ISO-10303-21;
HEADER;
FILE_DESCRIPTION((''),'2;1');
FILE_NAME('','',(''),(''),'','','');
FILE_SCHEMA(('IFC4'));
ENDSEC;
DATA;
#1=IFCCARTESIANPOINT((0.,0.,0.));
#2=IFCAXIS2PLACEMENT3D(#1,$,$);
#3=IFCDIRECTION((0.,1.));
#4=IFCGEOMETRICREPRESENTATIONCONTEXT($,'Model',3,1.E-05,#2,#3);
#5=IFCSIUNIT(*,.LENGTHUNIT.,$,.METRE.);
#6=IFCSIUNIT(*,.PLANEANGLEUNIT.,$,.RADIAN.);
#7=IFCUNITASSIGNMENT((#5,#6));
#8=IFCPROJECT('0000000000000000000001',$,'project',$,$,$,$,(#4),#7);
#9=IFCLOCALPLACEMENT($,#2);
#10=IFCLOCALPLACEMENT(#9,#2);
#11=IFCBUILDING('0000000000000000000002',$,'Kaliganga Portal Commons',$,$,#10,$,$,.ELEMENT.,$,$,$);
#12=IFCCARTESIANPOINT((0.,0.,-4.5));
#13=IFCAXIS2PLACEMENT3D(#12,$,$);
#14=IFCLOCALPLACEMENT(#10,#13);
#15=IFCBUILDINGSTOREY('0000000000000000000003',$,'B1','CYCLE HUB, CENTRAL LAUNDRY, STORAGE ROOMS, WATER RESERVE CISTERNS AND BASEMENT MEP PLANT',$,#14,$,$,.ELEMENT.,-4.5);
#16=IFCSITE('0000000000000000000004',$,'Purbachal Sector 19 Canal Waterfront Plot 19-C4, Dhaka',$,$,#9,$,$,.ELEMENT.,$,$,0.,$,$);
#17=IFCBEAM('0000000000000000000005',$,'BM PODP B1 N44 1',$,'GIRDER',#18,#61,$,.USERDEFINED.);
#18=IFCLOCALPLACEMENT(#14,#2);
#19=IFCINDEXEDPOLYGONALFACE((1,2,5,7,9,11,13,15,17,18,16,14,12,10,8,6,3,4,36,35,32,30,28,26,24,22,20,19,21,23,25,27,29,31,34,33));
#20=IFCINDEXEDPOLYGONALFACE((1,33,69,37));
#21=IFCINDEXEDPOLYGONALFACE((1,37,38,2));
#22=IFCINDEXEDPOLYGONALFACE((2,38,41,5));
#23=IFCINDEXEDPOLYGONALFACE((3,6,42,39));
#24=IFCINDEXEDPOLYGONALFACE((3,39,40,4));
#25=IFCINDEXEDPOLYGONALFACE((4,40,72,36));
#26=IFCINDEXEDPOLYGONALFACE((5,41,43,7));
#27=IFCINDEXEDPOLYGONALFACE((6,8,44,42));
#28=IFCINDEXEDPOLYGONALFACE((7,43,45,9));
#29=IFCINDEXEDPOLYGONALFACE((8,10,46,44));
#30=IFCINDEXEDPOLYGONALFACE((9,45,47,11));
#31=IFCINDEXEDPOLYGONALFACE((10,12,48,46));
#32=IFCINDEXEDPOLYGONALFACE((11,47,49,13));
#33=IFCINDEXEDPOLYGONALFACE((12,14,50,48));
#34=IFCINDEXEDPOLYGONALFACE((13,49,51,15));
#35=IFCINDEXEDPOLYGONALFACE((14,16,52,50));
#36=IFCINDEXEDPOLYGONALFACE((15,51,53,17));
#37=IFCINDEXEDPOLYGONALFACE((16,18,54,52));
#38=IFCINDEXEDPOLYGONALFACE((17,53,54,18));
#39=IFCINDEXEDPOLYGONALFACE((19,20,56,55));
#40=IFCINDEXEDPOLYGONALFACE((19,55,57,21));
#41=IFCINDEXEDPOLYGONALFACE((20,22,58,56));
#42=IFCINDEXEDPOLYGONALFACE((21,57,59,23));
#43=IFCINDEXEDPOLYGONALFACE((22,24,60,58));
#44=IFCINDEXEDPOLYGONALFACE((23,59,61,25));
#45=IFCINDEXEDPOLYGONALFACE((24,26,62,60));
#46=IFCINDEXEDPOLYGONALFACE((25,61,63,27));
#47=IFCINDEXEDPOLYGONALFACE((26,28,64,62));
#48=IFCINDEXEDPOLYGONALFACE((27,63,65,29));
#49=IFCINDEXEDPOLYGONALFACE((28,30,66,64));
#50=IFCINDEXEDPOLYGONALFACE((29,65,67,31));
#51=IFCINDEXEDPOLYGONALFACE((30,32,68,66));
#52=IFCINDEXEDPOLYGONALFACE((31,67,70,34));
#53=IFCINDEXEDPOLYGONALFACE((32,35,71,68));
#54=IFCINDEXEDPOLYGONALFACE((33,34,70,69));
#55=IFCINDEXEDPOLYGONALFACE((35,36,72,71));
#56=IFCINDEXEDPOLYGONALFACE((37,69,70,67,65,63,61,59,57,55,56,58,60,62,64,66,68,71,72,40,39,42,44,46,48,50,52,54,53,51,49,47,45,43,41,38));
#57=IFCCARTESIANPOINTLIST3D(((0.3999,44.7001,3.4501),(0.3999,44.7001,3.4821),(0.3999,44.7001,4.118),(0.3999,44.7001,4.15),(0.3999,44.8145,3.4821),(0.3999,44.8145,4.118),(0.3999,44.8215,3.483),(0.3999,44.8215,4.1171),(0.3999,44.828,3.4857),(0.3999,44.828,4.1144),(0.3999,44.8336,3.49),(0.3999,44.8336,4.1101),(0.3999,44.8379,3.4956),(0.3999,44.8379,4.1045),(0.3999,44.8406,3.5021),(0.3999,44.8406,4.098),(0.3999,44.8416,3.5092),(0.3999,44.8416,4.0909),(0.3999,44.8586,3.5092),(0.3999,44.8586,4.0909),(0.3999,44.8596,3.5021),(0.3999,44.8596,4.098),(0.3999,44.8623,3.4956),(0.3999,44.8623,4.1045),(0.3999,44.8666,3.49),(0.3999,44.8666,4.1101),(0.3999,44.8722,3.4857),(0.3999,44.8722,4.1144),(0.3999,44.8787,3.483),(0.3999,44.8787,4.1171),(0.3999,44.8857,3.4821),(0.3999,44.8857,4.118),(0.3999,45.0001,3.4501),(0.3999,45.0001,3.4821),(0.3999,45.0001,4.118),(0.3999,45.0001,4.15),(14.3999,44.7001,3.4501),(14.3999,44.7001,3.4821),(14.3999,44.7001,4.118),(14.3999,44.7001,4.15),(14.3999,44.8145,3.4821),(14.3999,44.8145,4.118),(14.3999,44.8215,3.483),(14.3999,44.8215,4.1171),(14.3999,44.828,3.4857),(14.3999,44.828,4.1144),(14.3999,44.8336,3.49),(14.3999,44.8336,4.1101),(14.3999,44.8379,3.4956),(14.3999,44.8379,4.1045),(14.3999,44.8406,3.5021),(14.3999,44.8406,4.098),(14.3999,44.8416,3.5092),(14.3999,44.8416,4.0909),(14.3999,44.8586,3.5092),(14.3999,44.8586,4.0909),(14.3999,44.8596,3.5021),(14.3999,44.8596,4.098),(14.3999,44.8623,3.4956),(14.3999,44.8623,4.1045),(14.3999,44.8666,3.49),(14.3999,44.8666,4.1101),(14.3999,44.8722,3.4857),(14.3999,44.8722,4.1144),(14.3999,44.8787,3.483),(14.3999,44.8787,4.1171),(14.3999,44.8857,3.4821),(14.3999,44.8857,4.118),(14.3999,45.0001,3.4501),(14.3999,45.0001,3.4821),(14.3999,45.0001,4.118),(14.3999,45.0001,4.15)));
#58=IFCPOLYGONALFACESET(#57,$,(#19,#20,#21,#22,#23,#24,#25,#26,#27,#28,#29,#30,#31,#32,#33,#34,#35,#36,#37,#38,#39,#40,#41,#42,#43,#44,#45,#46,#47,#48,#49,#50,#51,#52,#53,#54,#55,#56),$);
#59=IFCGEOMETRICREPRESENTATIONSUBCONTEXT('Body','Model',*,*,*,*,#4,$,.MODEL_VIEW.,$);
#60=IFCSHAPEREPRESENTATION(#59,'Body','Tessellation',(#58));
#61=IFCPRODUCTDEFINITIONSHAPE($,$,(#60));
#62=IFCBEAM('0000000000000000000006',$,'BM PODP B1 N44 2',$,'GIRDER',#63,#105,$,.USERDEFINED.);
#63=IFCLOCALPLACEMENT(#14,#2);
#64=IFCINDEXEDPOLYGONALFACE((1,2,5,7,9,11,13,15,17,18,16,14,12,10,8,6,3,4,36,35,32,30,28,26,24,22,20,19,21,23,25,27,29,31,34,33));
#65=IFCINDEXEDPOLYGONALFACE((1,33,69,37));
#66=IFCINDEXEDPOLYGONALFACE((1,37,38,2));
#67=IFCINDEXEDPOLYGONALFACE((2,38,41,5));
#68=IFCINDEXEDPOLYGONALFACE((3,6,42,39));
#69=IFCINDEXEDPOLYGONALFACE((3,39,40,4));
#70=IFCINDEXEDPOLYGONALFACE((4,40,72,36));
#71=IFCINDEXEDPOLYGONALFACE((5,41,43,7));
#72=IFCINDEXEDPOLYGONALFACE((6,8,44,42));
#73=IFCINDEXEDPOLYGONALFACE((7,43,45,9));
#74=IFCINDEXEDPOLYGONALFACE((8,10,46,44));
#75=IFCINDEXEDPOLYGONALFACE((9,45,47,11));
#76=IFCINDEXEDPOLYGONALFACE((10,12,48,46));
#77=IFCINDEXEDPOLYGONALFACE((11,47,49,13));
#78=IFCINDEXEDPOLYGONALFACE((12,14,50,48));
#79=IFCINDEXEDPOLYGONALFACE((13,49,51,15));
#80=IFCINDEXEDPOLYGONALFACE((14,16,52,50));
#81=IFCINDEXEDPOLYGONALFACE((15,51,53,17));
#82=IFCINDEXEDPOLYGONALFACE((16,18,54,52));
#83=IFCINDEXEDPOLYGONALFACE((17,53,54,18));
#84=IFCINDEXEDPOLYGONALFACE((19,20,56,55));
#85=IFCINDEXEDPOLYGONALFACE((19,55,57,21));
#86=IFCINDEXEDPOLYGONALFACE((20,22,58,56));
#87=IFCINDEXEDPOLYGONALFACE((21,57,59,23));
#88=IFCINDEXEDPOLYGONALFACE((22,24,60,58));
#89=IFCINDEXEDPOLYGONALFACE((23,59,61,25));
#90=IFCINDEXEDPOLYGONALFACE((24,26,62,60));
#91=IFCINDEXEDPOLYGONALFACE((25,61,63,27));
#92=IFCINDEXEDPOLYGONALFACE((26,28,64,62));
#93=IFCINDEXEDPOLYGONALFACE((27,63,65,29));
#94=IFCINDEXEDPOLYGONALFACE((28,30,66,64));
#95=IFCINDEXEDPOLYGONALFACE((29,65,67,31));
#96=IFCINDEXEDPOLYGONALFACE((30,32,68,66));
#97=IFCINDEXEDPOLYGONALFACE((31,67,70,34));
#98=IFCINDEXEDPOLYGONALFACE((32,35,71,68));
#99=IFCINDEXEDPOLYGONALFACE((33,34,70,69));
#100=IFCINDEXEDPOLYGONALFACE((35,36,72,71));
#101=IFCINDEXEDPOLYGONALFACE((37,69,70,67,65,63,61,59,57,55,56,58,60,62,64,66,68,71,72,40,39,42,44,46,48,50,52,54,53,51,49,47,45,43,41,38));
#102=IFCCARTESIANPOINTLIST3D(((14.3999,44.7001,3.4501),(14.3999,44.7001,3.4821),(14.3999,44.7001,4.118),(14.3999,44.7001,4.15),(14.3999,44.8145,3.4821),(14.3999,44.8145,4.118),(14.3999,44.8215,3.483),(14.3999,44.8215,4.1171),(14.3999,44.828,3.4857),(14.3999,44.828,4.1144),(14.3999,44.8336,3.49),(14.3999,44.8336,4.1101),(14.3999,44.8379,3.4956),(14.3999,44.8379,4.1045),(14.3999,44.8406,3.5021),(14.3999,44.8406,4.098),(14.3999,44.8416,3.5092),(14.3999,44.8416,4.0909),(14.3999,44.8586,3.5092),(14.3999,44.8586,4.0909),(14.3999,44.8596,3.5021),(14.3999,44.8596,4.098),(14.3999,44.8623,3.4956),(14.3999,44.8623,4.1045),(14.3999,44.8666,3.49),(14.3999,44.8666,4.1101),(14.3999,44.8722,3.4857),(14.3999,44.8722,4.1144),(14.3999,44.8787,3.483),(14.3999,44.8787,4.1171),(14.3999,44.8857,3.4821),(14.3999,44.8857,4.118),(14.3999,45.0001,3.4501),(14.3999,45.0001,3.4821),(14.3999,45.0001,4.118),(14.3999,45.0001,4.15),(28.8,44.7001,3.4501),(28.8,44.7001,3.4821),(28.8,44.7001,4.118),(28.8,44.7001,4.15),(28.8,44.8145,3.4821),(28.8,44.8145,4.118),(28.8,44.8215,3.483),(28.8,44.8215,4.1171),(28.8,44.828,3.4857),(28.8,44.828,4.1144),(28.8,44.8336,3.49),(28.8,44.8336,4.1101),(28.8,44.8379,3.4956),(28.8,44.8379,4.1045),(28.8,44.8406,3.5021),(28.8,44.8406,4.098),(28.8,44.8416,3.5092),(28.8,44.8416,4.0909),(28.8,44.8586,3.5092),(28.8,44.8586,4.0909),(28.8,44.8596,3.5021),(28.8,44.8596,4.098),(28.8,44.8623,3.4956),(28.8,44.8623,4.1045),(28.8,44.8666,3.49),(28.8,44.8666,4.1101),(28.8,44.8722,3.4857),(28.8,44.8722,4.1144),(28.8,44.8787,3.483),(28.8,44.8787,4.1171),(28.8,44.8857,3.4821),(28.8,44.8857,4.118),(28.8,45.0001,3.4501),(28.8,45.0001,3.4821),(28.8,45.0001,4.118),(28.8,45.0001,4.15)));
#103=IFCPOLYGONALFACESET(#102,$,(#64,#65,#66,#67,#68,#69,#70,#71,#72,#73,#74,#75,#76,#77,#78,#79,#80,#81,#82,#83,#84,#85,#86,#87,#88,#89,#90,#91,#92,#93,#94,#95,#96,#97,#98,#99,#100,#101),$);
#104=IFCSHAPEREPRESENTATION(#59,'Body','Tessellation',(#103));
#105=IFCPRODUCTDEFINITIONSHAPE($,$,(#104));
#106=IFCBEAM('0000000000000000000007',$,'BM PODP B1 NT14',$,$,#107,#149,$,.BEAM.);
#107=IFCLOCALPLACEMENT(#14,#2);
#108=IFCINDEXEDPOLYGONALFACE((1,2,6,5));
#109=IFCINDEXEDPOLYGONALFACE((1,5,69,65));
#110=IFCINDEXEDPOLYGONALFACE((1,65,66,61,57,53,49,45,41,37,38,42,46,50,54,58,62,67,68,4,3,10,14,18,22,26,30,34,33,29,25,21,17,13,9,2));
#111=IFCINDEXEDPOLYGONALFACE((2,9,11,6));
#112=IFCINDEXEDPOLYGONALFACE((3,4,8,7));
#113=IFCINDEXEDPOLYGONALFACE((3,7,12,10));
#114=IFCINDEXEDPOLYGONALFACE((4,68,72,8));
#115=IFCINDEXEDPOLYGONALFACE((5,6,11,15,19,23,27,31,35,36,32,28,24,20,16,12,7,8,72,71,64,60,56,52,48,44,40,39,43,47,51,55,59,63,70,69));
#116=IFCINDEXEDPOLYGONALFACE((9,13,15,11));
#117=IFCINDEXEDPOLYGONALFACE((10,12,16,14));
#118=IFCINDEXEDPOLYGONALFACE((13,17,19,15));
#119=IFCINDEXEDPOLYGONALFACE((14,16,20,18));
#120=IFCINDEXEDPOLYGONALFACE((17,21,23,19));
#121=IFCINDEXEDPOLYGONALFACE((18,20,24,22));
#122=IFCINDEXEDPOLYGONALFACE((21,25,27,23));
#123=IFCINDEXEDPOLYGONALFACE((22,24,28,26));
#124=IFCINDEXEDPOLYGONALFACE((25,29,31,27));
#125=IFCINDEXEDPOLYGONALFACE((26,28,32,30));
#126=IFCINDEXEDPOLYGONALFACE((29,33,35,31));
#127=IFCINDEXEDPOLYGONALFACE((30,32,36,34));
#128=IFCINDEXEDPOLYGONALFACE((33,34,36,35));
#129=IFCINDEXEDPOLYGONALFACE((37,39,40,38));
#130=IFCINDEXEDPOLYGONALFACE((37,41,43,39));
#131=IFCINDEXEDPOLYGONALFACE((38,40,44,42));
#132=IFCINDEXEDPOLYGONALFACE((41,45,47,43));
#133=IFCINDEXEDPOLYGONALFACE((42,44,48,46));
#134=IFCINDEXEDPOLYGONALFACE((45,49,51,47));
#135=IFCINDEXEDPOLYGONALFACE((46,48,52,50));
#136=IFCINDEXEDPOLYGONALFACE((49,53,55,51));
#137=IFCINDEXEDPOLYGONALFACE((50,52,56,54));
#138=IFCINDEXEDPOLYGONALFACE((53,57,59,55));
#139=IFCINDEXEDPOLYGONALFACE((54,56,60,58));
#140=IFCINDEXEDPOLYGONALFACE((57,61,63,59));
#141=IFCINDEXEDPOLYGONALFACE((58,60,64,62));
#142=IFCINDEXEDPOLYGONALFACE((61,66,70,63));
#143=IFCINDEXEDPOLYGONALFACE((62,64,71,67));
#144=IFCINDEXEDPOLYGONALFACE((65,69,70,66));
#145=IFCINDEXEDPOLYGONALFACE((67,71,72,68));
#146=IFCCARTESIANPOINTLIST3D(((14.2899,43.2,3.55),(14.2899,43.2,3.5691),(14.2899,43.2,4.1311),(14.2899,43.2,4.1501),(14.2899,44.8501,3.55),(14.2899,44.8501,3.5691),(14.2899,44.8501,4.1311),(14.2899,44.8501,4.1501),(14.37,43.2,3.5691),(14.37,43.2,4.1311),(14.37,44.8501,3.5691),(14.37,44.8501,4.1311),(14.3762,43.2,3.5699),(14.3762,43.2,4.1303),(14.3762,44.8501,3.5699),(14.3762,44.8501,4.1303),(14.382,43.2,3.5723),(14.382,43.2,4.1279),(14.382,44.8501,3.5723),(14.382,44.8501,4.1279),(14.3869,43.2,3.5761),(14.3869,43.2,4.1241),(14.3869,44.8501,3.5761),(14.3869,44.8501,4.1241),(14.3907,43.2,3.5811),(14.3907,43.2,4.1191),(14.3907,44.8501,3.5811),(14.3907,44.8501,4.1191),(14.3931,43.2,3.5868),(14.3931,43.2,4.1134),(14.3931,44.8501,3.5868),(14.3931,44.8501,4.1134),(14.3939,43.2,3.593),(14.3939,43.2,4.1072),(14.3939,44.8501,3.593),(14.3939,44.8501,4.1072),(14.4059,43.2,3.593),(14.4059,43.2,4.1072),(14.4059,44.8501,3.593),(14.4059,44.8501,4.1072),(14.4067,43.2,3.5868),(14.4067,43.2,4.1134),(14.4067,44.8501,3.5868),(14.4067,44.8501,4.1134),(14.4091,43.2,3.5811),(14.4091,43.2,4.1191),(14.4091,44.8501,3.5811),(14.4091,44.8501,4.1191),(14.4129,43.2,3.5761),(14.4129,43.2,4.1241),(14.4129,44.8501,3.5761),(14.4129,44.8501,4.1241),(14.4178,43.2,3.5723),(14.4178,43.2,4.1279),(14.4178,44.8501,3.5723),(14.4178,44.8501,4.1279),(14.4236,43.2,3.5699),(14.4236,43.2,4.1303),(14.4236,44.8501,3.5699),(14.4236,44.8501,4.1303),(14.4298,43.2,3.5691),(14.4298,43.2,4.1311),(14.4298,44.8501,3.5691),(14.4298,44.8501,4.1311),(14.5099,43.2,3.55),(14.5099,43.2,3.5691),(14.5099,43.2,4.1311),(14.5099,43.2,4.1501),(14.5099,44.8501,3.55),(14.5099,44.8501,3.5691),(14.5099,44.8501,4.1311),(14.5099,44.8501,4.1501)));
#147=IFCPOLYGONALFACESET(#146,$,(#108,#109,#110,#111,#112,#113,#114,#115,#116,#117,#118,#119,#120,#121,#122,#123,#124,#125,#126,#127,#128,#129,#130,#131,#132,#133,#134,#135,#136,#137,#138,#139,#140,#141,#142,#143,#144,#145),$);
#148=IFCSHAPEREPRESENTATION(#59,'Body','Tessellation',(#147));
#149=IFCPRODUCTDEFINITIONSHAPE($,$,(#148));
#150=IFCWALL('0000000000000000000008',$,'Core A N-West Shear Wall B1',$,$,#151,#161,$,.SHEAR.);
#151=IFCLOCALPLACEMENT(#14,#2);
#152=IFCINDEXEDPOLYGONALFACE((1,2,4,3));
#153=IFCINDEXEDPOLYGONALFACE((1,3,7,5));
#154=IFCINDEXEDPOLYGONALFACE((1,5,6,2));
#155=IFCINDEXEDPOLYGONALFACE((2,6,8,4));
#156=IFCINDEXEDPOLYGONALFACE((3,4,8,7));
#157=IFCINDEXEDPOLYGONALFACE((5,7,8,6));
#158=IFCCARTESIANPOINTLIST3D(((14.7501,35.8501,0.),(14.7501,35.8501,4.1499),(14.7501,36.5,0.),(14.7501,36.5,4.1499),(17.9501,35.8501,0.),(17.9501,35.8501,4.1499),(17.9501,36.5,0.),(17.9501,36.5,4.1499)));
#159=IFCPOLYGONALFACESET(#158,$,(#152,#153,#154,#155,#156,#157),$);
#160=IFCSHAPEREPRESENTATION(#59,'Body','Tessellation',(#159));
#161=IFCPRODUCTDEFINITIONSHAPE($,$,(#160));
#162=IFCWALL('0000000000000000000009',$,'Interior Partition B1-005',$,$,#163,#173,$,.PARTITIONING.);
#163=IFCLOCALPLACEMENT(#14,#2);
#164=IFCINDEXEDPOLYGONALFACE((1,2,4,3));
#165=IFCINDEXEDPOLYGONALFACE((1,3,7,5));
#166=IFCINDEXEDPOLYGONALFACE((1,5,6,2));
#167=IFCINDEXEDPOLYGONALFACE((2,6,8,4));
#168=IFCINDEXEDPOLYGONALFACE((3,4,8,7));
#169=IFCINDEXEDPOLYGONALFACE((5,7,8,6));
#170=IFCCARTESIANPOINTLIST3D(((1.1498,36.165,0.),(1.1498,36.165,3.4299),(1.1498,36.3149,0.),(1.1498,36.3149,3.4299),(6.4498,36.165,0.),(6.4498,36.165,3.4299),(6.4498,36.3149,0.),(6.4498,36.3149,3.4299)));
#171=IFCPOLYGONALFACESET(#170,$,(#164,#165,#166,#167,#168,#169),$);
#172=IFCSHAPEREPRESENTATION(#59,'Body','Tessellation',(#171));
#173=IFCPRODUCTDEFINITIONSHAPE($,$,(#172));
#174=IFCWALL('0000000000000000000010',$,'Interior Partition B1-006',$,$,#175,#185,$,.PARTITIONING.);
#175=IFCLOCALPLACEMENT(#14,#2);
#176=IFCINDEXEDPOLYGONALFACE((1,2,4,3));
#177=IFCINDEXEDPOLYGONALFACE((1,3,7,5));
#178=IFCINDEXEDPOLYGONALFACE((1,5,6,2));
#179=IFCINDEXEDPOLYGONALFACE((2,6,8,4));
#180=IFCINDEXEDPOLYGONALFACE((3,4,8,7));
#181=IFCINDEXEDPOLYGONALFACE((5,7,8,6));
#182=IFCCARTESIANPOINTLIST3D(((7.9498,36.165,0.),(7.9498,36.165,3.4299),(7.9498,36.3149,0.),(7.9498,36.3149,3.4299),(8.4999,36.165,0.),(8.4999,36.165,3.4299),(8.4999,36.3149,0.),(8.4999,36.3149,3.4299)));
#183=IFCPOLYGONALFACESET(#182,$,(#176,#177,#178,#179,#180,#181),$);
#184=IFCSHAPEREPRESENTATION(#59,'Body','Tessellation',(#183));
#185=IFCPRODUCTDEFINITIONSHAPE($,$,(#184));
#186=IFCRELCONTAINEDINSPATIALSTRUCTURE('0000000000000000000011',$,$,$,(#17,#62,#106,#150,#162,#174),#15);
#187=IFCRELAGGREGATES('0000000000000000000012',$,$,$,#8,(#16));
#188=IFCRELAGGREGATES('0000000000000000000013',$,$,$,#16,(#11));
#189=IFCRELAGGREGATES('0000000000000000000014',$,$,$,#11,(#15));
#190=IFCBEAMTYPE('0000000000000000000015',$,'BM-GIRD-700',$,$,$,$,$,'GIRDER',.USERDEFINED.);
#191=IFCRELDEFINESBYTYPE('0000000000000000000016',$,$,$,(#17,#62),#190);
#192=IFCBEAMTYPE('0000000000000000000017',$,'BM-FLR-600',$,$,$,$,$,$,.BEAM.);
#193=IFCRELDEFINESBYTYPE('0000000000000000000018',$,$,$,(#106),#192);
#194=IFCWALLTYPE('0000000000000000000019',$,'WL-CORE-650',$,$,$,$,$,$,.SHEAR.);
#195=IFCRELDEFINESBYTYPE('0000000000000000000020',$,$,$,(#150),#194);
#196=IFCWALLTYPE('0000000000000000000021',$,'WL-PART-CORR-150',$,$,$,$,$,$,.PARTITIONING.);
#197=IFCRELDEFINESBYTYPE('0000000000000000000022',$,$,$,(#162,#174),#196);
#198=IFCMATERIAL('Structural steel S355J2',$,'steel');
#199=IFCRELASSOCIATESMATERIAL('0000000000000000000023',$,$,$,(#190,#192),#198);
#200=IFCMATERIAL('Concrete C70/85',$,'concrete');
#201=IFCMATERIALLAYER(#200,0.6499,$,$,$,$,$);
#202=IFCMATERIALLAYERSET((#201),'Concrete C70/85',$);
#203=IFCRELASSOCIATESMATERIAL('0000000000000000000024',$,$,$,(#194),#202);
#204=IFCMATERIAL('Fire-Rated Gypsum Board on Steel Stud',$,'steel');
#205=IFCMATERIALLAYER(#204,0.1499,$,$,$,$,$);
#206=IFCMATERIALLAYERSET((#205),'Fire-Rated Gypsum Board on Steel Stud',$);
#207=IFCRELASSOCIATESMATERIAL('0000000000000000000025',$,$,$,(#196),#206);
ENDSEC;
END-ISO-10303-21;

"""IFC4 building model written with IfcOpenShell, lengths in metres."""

from ifc_helpers import new_model, si_unit, direction, frame, frame_2d, origin, origin_2d, place, context, subcontext, project, spatial, rectangle, i_section, extrude, source, transform, mapped, material, layer, layer_set, material_profile, profile_set, type_object, element, save


model = new_model("IFC4")

# Units and contexts
model_context = context("Model", 3, precision=1e-05, world=origin(), true_north=direction((0.0, 1.0)))
body_context = subcontext(model_context, "Body", "Model", "MODEL_VIEW")
ifc_project = project(units=[si_unit("LENGTHUNIT", "METRE"), si_unit("PLANEANGLEUNIT", "RADIAN")], contexts=[model_context])

# Site, building, storey
site_placement = place(None, origin())
site = spatial("IfcSite", under=ifc_project, at=site_placement, Name="Purbachal Sector 19 Canal Waterfront Plot 19-C4, Dhaka", CompositionType="ELEMENT", RefElevation=0.0)
building_placement = place(site_placement, origin())
building = spatial("IfcBuilding", under=site, at=building_placement, Name="Kaliganga Portal Commons", CompositionType="ELEMENT")
storey_placement = place(building_placement, frame((0.0, 0.0, -4.5)))
storey = spatial("IfcBuildingStorey", under=building, at=storey_placement, Name="B1", Description="CYCLE HUB, CENTRAL LAUNDRY, STORAGE ROOMS, WATER RESERVE CISTERNS AND BASEMENT MEP PLANT", CompositionType="ELEMENT", Elevation=-4.5)

# Shared definitions
ifc_material_1 = material(Name="Concrete C70/85", Category="concrete")

# Beams
ifc_material_2 = material(Name="Structural steel S355J2", Category="steel")
ifc_material_profile_1 = material_profile(ifc_material_2, i_section(OverallWidth=0.3, OverallDepth=0.7, WebThickness=0.0171, FlangeThickness=0.032, FilletRadius=0.0271, at=origin_2d()), Name="HE 700 B")
ifc_profile_set_1 = profile_set([ifc_material_profile_1], Name="Structural steel S355J2 wide-flange")
beam_type_1 = type_object("IfcBeamType", Name="BM-GIRD-700", ElementType="GIRDER", PredefinedType="USERDEFINED", material=ifc_profile_set_1)
ifc_material_profile_2 = material_profile(ifc_material_2, i_section(OverallWidth=0.22, OverallDepth=0.6001, WebThickness=0.012, FlangeThickness=0.019, FilletRadius=0.0239, at=origin_2d()), Name="IPE 600")
ifc_profile_set_2 = profile_set([ifc_material_profile_2], Name="Structural steel S355J2 wide-flange")
beam_type_2 = type_object("IfcBeamType", Name="BM-FLR-600", PredefinedType="BEAM", material=ifc_profile_set_2)
shared_shape_1 = source(origin(), body_context, "Body", "SweptSolid", [
    extrude(i_section(OverallWidth=0.3, OverallDepth=0.7, WebThickness=0.0171, FlangeThickness=0.032, FilletRadius=0.0271, at=origin_2d()), origin(), (0.0, 0.0, 1.0), 14.0),
])
beam_1_placement = place(storey_placement, frame((0.3999, 44.8501, 3.8), z_axis=(1.0, 0.0, 0.0), x_axis=(0.0, 1.0, 0.0)))
element("IfcBeam", 1, at=beam_1_placement, inside=storey, type_object=beam_type_1, Name="BM PODP B1 N44 1", ObjectType="GIRDER", PredefinedType="USERDEFINED", context=body_context, shape_type="MappedRepresentation", body=[
    mapped(shared_shape_1, transform((0.0, 0.0, 0.0), x_axis=(1.0, 0.0, 0.0), y_axis=(0.0, 1.0, 0.0), z_axis=(0.0, 0.0, 1.0), scale=1.0)),
])
shared_shape_2 = source(origin(), body_context, "Body", "SweptSolid", [
    extrude(i_section(OverallWidth=0.3, OverallDepth=0.7, WebThickness=0.0171, FlangeThickness=0.032, FilletRadius=0.0271, at=origin_2d()), origin(), (0.0, 0.0, 1.0), 14.4001),
])
beam_2_placement = place(storey_placement, frame((14.3999, 44.8501, 3.8), z_axis=(1.0, 0.0, 0.0), x_axis=(0.0, 1.0, 0.0)))
element("IfcBeam", 2, at=beam_2_placement, inside=storey, type_object=beam_type_1, Name="BM PODP B1 N44 2", ObjectType="GIRDER", PredefinedType="USERDEFINED", context=body_context, shape_type="MappedRepresentation", body=[
    mapped(shared_shape_2, transform((0.0, 0.0, 0.0), x_axis=(1.0, 0.0, 0.0), y_axis=(0.0, 1.0, 0.0), z_axis=(0.0, 0.0, 1.0), scale=1.0)),
])
shared_shape_3 = source(origin(), body_context, "Body", "SweptSolid", [
    extrude(i_section(OverallWidth=0.22, OverallDepth=0.6001, WebThickness=0.012, FlangeThickness=0.019, FilletRadius=0.0239, at=origin_2d()), origin(), (0.0, 0.0, 1.0), 1.6501),
])
beam_3_placement = place(storey_placement, frame((14.3999, 43.2, 3.8501), z_axis=(0.0, 1.0, 0.0), x_axis=(-1.0, 0.0, 0.0)))
element("IfcBeam", 3, at=beam_3_placement, inside=storey, type_object=beam_type_2, Name="BM PODP B1 NT14", PredefinedType="BEAM", context=body_context, shape_type="MappedRepresentation", body=[
    mapped(shared_shape_3, transform((0.0, 0.0, 0.0), x_axis=(1.0, 0.0, 0.0), y_axis=(0.0, 1.0, 0.0), z_axis=(0.0, 0.0, 1.0), scale=1.0)),
])

# Walls
ifc_layer_1 = layer(ifc_material_1, 0.6499)
ifc_layer_set_1 = layer_set([ifc_layer_1], Name="Concrete C70/85")
wall_type_1 = type_object("IfcWallType", Name="WL-CORE-650", PredefinedType="SHEAR", material=ifc_layer_set_1)
wall_1_placement = place(storey_placement, frame((14.75, 36.175, 0.0), z_axis=(0.0, 0.0, 1.0), x_axis=(1.0, 0.0, 0.0)))
element("IfcWall", 4, at=wall_1_placement, inside=storey, type_object=wall_type_1, Name="Core A N-West Shear Wall B1", PredefinedType="SHEAR", context=body_context, shape_type="SweptSolid", body=[
    extrude(rectangle(XDim=3.2, YDim=0.6499, at=frame_2d((1.6001, 0.0))), origin(), (0.0, 0.0, 1.0), 4.1499),
])
ifc_material_3 = material(Name="Fire-Rated Gypsum Board on Steel Stud", Category="steel")
ifc_layer_2 = layer(ifc_material_3, 0.1499)
ifc_layer_set_2 = layer_set([ifc_layer_2], Name="Fire-Rated Gypsum Board on Steel Stud")
wall_type_2 = type_object("IfcWallType", Name="WL-PART-CORR-150", PredefinedType="PARTITIONING", material=ifc_layer_set_2)
wall_2_placement = place(storey_placement, frame((1.1499, 36.24, 0.0), z_axis=(0.0, 0.0, 1.0), x_axis=(1.0, 0.0, 0.0)))
element("IfcWall", 5, at=wall_2_placement, inside=storey, type_object=wall_type_2, Name="Interior Partition B1-005", PredefinedType="PARTITIONING", context=body_context, shape_type="SweptSolid", body=[
    extrude(rectangle(XDim=5.3, YDim=0.1499, at=frame_2d((2.6499, 0.0))), origin(), (0.0, 0.0, 1.0), 3.4299),
])
wall_3_placement = place(storey_placement, frame((7.95, 36.24, 0.0), z_axis=(0.0, 0.0, 1.0), x_axis=(1.0, 0.0, 0.0)))
element("IfcWall", 6, at=wall_3_placement, inside=storey, type_object=wall_type_2, Name="Interior Partition B1-006", PredefinedType="PARTITIONING", context=body_context, shape_type="SweptSolid", body=[
    extrude(rectangle(XDim=0.55, YDim=0.1499, at=frame_2d((0.2749, 0.0))), origin(), (0.0, 0.0, 1.0), 3.4299),
])

save(model, "model.ifc")
